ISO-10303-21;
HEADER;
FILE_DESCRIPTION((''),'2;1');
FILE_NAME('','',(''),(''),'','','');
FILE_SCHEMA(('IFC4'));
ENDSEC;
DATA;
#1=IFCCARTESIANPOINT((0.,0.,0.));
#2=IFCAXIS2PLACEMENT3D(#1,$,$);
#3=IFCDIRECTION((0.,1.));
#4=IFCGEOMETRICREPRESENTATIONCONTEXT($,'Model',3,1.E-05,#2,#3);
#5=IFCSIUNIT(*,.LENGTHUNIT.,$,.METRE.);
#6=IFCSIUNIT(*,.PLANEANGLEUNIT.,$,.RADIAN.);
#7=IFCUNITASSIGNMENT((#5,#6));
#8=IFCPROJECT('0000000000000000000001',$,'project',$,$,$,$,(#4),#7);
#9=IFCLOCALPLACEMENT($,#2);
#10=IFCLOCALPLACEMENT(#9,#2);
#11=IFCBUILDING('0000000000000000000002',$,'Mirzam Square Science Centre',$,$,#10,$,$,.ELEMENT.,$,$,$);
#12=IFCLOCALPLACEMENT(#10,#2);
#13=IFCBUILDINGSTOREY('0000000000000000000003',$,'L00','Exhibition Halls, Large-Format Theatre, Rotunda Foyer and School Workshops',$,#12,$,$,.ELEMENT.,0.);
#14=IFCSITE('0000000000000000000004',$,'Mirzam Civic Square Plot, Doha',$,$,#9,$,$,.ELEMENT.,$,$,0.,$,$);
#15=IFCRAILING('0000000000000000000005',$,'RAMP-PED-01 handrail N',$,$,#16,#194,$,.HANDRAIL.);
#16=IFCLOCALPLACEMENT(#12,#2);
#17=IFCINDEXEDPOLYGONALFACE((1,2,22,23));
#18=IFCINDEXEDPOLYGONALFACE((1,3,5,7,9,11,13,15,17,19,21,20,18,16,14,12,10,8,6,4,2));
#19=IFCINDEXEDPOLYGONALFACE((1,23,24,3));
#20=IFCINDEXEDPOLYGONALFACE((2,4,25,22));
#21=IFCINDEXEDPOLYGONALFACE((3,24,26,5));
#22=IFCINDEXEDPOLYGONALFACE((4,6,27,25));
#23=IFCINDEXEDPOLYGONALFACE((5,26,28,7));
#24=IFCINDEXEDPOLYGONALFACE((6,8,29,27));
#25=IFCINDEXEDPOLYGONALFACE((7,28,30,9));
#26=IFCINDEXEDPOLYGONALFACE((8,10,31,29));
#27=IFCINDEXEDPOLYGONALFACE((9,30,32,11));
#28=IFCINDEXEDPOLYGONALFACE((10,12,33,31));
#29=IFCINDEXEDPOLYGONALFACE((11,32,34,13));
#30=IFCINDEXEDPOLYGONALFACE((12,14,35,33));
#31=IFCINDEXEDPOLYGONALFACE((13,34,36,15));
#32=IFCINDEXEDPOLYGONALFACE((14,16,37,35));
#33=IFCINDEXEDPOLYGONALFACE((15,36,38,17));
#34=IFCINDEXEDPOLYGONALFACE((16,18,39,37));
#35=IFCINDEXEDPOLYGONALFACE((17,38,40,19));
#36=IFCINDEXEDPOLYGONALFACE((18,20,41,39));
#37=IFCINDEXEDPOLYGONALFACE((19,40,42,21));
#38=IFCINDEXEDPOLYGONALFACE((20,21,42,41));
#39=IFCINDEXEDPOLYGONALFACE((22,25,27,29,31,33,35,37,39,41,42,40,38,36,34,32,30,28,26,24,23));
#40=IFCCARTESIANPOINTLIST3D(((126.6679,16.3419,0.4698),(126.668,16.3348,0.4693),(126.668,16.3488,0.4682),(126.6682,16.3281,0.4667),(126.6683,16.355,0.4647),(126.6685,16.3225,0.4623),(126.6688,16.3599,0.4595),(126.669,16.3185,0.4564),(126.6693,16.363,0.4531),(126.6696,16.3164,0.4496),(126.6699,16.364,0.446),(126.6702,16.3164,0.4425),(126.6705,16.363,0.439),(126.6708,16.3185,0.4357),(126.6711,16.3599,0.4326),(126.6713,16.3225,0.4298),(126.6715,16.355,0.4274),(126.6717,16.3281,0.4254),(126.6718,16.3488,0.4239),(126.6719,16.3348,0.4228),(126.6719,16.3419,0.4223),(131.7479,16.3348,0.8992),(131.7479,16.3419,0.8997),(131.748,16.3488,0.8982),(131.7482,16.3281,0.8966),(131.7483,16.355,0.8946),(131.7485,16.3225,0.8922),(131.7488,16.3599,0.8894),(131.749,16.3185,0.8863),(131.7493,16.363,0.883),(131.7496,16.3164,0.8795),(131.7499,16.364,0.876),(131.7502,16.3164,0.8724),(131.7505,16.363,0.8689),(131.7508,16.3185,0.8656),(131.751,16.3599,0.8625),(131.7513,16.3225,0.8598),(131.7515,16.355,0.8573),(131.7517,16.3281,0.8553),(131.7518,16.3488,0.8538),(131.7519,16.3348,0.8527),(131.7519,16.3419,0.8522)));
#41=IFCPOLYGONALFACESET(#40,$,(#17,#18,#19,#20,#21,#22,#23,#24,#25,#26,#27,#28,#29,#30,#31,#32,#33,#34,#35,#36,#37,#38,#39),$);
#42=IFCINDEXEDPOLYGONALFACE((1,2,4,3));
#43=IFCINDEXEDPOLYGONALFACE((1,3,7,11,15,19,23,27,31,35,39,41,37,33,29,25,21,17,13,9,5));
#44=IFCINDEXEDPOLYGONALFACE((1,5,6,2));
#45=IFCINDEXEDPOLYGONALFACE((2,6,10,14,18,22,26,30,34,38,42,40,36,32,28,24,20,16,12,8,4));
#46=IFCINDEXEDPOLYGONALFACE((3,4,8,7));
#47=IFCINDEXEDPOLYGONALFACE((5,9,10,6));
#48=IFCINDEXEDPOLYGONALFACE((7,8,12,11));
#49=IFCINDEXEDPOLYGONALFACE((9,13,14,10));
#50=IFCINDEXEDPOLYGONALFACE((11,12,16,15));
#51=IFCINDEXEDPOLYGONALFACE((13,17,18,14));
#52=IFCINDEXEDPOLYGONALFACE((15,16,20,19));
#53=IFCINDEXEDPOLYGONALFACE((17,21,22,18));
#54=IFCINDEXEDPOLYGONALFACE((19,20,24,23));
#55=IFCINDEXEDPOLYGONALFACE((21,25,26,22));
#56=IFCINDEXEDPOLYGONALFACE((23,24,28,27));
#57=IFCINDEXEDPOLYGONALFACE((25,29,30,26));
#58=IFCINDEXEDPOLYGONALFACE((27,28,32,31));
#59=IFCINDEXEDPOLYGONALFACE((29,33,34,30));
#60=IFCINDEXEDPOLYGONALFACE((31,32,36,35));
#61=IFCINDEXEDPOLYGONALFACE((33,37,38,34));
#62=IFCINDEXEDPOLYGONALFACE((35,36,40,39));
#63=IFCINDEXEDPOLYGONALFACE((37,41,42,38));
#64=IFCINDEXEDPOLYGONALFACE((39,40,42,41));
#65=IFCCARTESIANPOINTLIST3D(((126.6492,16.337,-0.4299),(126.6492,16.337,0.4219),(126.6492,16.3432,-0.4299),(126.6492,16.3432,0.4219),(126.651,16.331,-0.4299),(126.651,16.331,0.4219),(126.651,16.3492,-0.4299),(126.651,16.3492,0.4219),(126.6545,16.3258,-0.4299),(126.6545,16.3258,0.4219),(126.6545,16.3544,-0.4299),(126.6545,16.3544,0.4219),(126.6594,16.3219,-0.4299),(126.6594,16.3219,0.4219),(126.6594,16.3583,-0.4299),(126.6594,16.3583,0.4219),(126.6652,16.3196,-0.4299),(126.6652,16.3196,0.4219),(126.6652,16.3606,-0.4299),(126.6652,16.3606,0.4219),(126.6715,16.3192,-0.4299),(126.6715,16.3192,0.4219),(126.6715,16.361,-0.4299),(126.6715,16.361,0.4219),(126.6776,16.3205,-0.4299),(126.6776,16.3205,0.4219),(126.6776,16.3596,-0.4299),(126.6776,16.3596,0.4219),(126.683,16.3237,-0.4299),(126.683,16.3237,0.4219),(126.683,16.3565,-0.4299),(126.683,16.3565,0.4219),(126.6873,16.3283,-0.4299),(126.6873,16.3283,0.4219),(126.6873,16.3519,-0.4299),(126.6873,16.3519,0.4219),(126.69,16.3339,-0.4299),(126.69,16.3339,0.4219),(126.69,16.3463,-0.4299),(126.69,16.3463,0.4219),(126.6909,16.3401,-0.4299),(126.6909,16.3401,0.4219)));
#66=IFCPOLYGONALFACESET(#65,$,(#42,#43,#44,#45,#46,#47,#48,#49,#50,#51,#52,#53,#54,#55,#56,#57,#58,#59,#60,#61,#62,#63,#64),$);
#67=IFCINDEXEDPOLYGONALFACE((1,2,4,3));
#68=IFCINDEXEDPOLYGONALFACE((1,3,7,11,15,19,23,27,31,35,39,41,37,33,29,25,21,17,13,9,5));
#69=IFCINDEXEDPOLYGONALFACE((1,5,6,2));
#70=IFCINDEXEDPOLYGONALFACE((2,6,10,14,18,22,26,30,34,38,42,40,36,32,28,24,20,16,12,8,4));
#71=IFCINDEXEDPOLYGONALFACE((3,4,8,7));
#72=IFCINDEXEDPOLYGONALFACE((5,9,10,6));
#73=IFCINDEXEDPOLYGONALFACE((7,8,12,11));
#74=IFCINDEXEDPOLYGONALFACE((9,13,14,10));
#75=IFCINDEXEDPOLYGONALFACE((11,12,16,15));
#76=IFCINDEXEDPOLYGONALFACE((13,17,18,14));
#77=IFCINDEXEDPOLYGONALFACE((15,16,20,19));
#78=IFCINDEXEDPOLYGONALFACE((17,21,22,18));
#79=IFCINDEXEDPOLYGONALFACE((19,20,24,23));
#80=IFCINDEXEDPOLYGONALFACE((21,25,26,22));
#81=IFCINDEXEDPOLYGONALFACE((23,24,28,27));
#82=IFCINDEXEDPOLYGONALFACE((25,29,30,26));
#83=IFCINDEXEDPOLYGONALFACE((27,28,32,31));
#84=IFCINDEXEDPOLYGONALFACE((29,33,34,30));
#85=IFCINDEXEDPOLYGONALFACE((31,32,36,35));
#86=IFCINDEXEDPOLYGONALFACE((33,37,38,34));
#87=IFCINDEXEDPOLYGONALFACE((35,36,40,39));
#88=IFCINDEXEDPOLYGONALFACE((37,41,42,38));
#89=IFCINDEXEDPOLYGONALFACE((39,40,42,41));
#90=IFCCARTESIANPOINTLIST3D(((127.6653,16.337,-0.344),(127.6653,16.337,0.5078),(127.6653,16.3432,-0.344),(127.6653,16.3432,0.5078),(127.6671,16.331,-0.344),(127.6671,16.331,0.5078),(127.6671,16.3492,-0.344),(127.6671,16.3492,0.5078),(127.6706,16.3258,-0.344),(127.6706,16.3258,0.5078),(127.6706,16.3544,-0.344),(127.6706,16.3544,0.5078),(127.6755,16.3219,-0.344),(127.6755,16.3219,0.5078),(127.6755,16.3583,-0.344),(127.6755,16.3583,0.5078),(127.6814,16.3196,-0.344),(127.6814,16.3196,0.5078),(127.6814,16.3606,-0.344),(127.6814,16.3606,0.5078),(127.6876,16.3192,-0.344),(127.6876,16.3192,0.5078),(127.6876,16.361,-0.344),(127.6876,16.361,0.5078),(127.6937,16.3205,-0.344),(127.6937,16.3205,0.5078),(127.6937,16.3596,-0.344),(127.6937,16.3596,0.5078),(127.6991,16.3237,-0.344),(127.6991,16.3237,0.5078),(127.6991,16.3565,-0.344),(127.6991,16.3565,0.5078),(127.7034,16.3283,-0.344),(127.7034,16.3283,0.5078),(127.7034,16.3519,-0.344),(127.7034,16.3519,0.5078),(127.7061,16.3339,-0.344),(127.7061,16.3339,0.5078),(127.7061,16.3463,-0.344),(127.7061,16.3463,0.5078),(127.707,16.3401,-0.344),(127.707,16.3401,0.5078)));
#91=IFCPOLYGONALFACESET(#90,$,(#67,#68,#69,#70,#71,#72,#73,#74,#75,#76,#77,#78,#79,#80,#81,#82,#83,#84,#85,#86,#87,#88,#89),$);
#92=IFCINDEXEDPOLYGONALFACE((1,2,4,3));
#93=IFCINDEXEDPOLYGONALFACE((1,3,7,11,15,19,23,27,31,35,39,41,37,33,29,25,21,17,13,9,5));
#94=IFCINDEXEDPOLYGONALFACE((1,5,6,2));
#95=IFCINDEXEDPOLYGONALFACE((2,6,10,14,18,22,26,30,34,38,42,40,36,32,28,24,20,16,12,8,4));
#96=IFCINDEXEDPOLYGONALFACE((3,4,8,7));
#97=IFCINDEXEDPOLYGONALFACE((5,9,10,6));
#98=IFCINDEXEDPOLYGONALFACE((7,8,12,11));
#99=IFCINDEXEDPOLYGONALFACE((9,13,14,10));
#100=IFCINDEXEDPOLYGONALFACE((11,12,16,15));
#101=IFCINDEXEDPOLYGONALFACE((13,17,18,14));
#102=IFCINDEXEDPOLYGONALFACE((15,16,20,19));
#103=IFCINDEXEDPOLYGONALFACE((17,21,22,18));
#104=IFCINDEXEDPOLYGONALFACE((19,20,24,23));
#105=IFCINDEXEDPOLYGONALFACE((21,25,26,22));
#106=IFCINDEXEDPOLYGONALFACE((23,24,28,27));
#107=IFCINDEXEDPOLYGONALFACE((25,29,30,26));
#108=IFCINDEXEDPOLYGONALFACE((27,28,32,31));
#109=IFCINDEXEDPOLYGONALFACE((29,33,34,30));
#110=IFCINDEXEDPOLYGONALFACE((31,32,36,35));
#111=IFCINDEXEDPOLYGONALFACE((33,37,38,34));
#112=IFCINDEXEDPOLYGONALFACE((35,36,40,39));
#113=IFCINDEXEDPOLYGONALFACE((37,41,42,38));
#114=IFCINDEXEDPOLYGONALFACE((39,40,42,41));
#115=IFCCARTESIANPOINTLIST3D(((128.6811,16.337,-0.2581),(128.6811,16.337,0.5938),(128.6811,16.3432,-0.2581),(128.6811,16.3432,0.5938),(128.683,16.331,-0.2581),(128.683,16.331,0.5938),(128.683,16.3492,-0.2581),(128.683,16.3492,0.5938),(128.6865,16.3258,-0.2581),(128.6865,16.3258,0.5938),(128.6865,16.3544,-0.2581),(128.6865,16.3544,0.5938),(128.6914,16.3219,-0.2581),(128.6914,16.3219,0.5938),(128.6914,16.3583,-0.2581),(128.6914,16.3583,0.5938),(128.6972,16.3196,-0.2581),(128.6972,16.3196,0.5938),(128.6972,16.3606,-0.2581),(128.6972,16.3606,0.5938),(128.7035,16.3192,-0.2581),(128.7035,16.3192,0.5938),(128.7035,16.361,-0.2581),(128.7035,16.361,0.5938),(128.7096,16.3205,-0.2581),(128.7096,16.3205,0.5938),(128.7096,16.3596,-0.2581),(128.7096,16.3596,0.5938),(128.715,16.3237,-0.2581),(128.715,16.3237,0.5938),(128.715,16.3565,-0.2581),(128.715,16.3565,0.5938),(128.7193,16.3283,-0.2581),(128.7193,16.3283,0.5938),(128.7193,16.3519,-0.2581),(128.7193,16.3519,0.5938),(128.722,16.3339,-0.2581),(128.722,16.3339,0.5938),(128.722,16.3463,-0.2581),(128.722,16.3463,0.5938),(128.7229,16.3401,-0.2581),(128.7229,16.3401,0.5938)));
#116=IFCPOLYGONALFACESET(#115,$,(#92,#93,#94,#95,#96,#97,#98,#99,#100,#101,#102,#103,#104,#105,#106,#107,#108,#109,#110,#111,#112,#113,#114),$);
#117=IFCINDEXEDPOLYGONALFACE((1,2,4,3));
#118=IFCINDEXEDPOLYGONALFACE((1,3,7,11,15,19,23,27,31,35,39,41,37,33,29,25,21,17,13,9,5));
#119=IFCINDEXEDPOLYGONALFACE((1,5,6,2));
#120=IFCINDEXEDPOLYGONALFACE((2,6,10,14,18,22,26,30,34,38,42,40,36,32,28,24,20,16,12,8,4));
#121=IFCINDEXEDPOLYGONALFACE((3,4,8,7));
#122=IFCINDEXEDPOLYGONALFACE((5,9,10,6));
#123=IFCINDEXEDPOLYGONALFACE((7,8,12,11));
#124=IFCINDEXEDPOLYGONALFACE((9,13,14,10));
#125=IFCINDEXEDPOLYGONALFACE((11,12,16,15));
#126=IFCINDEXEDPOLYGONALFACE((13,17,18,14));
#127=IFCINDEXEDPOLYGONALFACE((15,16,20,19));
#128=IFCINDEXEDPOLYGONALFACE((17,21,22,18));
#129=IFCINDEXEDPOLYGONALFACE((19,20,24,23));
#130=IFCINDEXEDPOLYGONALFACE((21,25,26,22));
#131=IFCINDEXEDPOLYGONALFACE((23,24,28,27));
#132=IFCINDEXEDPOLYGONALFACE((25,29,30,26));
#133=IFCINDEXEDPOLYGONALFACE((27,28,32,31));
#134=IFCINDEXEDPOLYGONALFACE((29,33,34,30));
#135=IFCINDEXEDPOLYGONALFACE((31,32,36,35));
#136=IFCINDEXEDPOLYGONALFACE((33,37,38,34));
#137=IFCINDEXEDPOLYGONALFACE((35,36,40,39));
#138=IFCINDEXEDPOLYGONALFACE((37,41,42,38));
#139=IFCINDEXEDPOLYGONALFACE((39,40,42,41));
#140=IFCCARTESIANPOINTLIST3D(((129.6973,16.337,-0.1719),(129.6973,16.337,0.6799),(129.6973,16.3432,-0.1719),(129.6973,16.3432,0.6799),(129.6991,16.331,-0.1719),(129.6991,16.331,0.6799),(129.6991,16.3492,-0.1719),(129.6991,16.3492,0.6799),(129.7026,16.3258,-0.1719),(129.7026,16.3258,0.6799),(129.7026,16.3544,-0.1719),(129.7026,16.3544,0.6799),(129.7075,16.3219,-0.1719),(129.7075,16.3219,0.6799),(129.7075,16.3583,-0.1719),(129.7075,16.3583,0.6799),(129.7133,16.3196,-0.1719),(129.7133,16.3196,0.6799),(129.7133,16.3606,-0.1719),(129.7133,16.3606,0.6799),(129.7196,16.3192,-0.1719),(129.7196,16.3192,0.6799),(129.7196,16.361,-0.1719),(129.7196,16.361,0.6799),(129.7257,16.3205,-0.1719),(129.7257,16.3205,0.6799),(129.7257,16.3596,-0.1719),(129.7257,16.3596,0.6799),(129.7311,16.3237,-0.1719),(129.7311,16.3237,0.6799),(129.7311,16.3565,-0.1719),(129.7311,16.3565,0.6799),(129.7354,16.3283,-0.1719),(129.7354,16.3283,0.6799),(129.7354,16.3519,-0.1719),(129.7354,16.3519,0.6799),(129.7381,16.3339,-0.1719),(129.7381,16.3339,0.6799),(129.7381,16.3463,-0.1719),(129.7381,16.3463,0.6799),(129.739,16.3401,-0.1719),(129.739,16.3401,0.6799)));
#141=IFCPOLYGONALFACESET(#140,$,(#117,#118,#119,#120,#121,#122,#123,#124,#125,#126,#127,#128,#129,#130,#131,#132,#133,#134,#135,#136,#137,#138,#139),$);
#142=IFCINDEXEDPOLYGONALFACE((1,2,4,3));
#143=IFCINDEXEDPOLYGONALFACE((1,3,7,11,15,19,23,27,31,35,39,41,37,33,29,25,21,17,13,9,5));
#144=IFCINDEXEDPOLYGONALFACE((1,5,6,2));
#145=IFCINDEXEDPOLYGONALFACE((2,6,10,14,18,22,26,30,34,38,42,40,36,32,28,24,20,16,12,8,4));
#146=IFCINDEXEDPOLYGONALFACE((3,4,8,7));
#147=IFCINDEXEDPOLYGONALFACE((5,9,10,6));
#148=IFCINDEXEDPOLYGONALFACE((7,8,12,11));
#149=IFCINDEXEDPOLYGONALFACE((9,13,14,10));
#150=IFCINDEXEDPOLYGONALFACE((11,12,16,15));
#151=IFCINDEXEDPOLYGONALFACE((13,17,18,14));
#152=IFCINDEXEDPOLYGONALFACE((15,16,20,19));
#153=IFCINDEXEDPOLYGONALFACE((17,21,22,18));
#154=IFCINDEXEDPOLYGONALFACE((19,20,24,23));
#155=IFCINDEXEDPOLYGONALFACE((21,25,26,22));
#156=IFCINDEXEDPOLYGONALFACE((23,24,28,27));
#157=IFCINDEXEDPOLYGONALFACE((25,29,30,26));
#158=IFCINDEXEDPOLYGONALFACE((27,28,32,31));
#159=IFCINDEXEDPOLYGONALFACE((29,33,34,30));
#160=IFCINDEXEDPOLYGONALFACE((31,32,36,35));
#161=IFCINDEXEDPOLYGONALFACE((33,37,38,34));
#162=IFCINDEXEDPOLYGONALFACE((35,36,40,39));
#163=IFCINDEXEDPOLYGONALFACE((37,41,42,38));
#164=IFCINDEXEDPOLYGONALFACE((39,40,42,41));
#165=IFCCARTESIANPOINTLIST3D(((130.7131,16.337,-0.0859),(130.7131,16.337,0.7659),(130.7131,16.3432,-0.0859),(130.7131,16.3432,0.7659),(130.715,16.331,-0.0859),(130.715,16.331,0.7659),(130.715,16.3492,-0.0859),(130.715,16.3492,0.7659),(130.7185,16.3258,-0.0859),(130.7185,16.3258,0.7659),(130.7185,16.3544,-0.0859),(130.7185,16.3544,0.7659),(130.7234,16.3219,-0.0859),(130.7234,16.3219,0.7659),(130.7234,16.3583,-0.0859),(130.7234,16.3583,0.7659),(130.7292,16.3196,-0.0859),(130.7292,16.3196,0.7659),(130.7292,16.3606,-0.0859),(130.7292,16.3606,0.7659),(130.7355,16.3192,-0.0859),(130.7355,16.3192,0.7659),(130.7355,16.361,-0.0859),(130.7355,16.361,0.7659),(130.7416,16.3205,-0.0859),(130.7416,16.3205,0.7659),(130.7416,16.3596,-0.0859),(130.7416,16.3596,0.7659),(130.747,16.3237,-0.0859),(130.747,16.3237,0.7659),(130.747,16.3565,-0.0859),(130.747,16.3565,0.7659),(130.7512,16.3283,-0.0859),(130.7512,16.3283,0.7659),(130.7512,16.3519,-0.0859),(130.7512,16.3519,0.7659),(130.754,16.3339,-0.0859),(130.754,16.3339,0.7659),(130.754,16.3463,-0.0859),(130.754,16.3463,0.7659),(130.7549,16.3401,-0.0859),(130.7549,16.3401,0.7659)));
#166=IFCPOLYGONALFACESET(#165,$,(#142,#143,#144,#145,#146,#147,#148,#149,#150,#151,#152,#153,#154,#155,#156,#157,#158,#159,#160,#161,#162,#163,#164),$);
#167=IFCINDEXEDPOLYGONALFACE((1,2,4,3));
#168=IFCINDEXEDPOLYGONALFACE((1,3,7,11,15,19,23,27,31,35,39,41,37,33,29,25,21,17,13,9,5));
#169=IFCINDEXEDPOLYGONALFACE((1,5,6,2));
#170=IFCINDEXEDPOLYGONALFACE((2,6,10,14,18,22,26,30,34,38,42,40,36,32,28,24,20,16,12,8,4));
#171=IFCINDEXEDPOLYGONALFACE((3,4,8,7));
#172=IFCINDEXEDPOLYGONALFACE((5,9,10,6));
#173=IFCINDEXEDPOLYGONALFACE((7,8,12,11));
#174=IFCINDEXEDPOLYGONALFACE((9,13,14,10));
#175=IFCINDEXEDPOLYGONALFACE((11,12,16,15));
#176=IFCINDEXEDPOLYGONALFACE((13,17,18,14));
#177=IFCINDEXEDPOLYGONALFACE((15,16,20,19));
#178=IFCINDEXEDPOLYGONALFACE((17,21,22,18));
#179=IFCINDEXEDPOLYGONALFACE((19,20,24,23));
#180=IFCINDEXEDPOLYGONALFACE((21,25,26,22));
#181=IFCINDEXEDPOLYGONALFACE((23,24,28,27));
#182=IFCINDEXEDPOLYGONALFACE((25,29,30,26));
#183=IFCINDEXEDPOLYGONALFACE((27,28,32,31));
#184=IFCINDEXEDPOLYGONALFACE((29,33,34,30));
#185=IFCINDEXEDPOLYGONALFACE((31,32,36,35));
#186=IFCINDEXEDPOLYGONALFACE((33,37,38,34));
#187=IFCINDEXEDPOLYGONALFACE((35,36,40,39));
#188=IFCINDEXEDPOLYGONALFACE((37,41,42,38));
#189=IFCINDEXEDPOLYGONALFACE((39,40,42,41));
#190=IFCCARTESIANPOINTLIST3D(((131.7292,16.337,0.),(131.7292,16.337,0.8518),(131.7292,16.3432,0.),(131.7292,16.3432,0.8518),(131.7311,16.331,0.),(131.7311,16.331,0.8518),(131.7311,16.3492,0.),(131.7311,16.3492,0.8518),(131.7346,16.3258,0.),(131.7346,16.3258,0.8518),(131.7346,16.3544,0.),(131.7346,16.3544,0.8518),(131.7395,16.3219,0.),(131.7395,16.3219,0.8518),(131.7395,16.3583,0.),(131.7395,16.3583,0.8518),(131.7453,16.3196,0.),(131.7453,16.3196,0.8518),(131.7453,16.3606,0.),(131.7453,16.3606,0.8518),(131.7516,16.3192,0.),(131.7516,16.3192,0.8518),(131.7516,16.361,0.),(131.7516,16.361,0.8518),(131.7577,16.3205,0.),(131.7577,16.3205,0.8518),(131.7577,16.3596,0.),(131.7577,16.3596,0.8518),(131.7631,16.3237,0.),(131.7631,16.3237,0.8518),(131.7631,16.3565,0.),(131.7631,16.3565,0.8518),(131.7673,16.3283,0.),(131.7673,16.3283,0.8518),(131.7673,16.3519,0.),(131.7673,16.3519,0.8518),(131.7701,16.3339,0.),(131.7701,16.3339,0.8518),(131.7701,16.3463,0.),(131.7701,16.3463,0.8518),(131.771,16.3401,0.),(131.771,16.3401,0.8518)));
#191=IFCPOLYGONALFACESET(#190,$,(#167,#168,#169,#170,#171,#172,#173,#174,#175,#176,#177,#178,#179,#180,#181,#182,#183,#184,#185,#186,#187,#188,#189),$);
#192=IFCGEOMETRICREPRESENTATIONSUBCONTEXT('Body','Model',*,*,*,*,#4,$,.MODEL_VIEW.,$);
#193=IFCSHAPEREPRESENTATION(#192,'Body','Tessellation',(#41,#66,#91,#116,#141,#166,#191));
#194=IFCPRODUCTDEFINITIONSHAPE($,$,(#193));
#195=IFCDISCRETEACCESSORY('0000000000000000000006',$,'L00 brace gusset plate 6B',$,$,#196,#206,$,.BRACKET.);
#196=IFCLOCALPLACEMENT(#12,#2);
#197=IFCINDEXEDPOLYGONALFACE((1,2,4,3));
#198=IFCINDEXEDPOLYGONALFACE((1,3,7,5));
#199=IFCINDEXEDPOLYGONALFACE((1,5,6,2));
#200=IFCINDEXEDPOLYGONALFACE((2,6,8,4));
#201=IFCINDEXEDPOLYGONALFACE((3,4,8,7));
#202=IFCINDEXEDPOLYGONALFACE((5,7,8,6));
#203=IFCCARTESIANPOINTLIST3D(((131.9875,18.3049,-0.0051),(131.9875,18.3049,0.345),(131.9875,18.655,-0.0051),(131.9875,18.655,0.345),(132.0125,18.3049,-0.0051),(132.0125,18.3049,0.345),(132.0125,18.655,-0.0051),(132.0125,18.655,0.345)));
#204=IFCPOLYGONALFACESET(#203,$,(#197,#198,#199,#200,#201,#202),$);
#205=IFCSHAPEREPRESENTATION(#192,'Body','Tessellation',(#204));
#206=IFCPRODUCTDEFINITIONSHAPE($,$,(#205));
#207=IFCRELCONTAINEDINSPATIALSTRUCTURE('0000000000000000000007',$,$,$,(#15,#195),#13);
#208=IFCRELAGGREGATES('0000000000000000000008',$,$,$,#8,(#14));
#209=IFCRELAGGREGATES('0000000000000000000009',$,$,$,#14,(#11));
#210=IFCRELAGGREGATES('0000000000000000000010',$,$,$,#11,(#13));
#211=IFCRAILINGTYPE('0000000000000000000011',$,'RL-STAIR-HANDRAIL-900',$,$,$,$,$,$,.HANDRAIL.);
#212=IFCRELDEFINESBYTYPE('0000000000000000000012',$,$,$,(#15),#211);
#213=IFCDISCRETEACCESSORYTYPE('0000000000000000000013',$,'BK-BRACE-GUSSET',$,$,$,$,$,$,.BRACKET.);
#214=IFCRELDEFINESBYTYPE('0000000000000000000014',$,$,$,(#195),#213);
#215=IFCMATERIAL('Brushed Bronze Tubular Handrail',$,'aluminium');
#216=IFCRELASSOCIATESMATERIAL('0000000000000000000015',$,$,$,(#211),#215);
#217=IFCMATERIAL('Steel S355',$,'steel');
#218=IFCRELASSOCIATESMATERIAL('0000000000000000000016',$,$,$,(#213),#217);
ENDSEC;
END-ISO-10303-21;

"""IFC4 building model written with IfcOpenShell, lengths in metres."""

from ifc_helpers import new_model, si_unit, direction, frame, origin, origin_2d, place, context, subcontext, project, spatial, rectangle, circle, extrude, material, type_object, element, save


model = new_model("IFC4")

# Units and contexts
model_context = context("Model", 3, precision=1e-05, world=origin(), true_north=direction((0.0, 1.0)))
body_context = subcontext(model_context, "Body", "Model", "MODEL_VIEW")
ifc_project = project(units=[si_unit("LENGTHUNIT", "METRE"), si_unit("PLANEANGLEUNIT", "RADIAN")], contexts=[model_context])

# Site, building, storey
site_placement = place(None, origin())
site = spatial("IfcSite", under=ifc_project, at=site_placement, Name="Mirzam Civic Square Plot, Doha", CompositionType="ELEMENT", RefElevation=0.0)
building_placement = place(site_placement, origin())
building = spatial("IfcBuilding", under=site, at=building_placement, Name="Mirzam Square Science Centre", CompositionType="ELEMENT")
storey_placement = place(building_placement, origin())
storey = spatial("IfcBuildingStorey", under=building, at=storey_placement, Name="L00", Description="Exhibition Halls, Large-Format Theatre, Rotunda Foyer and School Workshops", CompositionType="ELEMENT", Elevation=0.0)

# Shared definitions
ifc_material_1 = material(Name="Steel S355", Category="steel")

# Railing
ifc_material_2 = material(Name="Brushed Bronze Tubular Handrail", Category="aluminium")
railing_type = type_object("IfcRailingType", Name="RL-STAIR-HANDRAIL-900", PredefinedType="HANDRAIL", material=ifc_material_2)
railing_placement = place(storey_placement, frame((126.6699, 16.3401, -0.4299)))
element("IfcRailing", 1, at=railing_placement, inside=storey, type_object=railing_type, Name="RAMP-PED-01 handrail N", PredefinedType="HANDRAIL", context=body_context, shape_type="SweptSolid", body=[
    extrude(circle(Radius=0.0239, at=origin_2d()), frame((0.0, 0.0, 0.876), z_axis=(0.996438, 0.0, 0.084329), x_axis=(0.0, 1.0, 0.0)), (0.0, 0.0, 1.0), 5.0981),
    extrude(circle(Radius=0.021, at=origin_2d()), origin(), (0.0, 0.0, 1.0), 0.8518),
    extrude(circle(Radius=0.021, at=origin_2d()), frame((1.0161, 0.0, 0.0859)), (0.0, 0.0, 1.0), 0.8518),
    extrude(circle(Radius=0.021, at=origin_2d()), frame((2.032, 0.0, 0.1719)), (0.0, 0.0, 1.0), 0.8518),
    extrude(circle(Radius=0.021, at=origin_2d()), frame((3.0481, 0.0, 0.2581)), (0.0, 0.0, 1.0), 0.8518),
    extrude(circle(Radius=0.021, at=origin_2d()), frame((4.064, 0.0, 0.344)), (0.0, 0.0, 1.0), 0.8518),
    extrude(circle(Radius=0.021, at=origin_2d()), frame((5.0801, 0.0, 0.4299)), (0.0, 0.0, 1.0), 0.8518),
])

# Discrete accessory
discrete_accessory_type = type_object("IfcDiscreteAccessoryType", Name="BK-BRACE-GUSSET", PredefinedType="BRACKET", material=ifc_material_1)
discrete_accessory_placement = place(storey_placement, frame((132.0, 18.48, -0.0051), z_axis=(0.0, 0.0, 1.0), x_axis=(0.0, 1.0, 0.0)))
element("IfcDiscreteAccessory", 2, at=discrete_accessory_placement, inside=storey, type_object=discrete_accessory_type, Name="L00 brace gusset plate 6B", PredefinedType="BRACKET", context=body_context, shape_type="SweptSolid", body=[
    extrude(rectangle(XDim=0.3501, YDim=0.0249, at=origin_2d()), origin(), (0.0, 0.0, 1.0), 0.3501),
])

save(model, "model.ifc")
